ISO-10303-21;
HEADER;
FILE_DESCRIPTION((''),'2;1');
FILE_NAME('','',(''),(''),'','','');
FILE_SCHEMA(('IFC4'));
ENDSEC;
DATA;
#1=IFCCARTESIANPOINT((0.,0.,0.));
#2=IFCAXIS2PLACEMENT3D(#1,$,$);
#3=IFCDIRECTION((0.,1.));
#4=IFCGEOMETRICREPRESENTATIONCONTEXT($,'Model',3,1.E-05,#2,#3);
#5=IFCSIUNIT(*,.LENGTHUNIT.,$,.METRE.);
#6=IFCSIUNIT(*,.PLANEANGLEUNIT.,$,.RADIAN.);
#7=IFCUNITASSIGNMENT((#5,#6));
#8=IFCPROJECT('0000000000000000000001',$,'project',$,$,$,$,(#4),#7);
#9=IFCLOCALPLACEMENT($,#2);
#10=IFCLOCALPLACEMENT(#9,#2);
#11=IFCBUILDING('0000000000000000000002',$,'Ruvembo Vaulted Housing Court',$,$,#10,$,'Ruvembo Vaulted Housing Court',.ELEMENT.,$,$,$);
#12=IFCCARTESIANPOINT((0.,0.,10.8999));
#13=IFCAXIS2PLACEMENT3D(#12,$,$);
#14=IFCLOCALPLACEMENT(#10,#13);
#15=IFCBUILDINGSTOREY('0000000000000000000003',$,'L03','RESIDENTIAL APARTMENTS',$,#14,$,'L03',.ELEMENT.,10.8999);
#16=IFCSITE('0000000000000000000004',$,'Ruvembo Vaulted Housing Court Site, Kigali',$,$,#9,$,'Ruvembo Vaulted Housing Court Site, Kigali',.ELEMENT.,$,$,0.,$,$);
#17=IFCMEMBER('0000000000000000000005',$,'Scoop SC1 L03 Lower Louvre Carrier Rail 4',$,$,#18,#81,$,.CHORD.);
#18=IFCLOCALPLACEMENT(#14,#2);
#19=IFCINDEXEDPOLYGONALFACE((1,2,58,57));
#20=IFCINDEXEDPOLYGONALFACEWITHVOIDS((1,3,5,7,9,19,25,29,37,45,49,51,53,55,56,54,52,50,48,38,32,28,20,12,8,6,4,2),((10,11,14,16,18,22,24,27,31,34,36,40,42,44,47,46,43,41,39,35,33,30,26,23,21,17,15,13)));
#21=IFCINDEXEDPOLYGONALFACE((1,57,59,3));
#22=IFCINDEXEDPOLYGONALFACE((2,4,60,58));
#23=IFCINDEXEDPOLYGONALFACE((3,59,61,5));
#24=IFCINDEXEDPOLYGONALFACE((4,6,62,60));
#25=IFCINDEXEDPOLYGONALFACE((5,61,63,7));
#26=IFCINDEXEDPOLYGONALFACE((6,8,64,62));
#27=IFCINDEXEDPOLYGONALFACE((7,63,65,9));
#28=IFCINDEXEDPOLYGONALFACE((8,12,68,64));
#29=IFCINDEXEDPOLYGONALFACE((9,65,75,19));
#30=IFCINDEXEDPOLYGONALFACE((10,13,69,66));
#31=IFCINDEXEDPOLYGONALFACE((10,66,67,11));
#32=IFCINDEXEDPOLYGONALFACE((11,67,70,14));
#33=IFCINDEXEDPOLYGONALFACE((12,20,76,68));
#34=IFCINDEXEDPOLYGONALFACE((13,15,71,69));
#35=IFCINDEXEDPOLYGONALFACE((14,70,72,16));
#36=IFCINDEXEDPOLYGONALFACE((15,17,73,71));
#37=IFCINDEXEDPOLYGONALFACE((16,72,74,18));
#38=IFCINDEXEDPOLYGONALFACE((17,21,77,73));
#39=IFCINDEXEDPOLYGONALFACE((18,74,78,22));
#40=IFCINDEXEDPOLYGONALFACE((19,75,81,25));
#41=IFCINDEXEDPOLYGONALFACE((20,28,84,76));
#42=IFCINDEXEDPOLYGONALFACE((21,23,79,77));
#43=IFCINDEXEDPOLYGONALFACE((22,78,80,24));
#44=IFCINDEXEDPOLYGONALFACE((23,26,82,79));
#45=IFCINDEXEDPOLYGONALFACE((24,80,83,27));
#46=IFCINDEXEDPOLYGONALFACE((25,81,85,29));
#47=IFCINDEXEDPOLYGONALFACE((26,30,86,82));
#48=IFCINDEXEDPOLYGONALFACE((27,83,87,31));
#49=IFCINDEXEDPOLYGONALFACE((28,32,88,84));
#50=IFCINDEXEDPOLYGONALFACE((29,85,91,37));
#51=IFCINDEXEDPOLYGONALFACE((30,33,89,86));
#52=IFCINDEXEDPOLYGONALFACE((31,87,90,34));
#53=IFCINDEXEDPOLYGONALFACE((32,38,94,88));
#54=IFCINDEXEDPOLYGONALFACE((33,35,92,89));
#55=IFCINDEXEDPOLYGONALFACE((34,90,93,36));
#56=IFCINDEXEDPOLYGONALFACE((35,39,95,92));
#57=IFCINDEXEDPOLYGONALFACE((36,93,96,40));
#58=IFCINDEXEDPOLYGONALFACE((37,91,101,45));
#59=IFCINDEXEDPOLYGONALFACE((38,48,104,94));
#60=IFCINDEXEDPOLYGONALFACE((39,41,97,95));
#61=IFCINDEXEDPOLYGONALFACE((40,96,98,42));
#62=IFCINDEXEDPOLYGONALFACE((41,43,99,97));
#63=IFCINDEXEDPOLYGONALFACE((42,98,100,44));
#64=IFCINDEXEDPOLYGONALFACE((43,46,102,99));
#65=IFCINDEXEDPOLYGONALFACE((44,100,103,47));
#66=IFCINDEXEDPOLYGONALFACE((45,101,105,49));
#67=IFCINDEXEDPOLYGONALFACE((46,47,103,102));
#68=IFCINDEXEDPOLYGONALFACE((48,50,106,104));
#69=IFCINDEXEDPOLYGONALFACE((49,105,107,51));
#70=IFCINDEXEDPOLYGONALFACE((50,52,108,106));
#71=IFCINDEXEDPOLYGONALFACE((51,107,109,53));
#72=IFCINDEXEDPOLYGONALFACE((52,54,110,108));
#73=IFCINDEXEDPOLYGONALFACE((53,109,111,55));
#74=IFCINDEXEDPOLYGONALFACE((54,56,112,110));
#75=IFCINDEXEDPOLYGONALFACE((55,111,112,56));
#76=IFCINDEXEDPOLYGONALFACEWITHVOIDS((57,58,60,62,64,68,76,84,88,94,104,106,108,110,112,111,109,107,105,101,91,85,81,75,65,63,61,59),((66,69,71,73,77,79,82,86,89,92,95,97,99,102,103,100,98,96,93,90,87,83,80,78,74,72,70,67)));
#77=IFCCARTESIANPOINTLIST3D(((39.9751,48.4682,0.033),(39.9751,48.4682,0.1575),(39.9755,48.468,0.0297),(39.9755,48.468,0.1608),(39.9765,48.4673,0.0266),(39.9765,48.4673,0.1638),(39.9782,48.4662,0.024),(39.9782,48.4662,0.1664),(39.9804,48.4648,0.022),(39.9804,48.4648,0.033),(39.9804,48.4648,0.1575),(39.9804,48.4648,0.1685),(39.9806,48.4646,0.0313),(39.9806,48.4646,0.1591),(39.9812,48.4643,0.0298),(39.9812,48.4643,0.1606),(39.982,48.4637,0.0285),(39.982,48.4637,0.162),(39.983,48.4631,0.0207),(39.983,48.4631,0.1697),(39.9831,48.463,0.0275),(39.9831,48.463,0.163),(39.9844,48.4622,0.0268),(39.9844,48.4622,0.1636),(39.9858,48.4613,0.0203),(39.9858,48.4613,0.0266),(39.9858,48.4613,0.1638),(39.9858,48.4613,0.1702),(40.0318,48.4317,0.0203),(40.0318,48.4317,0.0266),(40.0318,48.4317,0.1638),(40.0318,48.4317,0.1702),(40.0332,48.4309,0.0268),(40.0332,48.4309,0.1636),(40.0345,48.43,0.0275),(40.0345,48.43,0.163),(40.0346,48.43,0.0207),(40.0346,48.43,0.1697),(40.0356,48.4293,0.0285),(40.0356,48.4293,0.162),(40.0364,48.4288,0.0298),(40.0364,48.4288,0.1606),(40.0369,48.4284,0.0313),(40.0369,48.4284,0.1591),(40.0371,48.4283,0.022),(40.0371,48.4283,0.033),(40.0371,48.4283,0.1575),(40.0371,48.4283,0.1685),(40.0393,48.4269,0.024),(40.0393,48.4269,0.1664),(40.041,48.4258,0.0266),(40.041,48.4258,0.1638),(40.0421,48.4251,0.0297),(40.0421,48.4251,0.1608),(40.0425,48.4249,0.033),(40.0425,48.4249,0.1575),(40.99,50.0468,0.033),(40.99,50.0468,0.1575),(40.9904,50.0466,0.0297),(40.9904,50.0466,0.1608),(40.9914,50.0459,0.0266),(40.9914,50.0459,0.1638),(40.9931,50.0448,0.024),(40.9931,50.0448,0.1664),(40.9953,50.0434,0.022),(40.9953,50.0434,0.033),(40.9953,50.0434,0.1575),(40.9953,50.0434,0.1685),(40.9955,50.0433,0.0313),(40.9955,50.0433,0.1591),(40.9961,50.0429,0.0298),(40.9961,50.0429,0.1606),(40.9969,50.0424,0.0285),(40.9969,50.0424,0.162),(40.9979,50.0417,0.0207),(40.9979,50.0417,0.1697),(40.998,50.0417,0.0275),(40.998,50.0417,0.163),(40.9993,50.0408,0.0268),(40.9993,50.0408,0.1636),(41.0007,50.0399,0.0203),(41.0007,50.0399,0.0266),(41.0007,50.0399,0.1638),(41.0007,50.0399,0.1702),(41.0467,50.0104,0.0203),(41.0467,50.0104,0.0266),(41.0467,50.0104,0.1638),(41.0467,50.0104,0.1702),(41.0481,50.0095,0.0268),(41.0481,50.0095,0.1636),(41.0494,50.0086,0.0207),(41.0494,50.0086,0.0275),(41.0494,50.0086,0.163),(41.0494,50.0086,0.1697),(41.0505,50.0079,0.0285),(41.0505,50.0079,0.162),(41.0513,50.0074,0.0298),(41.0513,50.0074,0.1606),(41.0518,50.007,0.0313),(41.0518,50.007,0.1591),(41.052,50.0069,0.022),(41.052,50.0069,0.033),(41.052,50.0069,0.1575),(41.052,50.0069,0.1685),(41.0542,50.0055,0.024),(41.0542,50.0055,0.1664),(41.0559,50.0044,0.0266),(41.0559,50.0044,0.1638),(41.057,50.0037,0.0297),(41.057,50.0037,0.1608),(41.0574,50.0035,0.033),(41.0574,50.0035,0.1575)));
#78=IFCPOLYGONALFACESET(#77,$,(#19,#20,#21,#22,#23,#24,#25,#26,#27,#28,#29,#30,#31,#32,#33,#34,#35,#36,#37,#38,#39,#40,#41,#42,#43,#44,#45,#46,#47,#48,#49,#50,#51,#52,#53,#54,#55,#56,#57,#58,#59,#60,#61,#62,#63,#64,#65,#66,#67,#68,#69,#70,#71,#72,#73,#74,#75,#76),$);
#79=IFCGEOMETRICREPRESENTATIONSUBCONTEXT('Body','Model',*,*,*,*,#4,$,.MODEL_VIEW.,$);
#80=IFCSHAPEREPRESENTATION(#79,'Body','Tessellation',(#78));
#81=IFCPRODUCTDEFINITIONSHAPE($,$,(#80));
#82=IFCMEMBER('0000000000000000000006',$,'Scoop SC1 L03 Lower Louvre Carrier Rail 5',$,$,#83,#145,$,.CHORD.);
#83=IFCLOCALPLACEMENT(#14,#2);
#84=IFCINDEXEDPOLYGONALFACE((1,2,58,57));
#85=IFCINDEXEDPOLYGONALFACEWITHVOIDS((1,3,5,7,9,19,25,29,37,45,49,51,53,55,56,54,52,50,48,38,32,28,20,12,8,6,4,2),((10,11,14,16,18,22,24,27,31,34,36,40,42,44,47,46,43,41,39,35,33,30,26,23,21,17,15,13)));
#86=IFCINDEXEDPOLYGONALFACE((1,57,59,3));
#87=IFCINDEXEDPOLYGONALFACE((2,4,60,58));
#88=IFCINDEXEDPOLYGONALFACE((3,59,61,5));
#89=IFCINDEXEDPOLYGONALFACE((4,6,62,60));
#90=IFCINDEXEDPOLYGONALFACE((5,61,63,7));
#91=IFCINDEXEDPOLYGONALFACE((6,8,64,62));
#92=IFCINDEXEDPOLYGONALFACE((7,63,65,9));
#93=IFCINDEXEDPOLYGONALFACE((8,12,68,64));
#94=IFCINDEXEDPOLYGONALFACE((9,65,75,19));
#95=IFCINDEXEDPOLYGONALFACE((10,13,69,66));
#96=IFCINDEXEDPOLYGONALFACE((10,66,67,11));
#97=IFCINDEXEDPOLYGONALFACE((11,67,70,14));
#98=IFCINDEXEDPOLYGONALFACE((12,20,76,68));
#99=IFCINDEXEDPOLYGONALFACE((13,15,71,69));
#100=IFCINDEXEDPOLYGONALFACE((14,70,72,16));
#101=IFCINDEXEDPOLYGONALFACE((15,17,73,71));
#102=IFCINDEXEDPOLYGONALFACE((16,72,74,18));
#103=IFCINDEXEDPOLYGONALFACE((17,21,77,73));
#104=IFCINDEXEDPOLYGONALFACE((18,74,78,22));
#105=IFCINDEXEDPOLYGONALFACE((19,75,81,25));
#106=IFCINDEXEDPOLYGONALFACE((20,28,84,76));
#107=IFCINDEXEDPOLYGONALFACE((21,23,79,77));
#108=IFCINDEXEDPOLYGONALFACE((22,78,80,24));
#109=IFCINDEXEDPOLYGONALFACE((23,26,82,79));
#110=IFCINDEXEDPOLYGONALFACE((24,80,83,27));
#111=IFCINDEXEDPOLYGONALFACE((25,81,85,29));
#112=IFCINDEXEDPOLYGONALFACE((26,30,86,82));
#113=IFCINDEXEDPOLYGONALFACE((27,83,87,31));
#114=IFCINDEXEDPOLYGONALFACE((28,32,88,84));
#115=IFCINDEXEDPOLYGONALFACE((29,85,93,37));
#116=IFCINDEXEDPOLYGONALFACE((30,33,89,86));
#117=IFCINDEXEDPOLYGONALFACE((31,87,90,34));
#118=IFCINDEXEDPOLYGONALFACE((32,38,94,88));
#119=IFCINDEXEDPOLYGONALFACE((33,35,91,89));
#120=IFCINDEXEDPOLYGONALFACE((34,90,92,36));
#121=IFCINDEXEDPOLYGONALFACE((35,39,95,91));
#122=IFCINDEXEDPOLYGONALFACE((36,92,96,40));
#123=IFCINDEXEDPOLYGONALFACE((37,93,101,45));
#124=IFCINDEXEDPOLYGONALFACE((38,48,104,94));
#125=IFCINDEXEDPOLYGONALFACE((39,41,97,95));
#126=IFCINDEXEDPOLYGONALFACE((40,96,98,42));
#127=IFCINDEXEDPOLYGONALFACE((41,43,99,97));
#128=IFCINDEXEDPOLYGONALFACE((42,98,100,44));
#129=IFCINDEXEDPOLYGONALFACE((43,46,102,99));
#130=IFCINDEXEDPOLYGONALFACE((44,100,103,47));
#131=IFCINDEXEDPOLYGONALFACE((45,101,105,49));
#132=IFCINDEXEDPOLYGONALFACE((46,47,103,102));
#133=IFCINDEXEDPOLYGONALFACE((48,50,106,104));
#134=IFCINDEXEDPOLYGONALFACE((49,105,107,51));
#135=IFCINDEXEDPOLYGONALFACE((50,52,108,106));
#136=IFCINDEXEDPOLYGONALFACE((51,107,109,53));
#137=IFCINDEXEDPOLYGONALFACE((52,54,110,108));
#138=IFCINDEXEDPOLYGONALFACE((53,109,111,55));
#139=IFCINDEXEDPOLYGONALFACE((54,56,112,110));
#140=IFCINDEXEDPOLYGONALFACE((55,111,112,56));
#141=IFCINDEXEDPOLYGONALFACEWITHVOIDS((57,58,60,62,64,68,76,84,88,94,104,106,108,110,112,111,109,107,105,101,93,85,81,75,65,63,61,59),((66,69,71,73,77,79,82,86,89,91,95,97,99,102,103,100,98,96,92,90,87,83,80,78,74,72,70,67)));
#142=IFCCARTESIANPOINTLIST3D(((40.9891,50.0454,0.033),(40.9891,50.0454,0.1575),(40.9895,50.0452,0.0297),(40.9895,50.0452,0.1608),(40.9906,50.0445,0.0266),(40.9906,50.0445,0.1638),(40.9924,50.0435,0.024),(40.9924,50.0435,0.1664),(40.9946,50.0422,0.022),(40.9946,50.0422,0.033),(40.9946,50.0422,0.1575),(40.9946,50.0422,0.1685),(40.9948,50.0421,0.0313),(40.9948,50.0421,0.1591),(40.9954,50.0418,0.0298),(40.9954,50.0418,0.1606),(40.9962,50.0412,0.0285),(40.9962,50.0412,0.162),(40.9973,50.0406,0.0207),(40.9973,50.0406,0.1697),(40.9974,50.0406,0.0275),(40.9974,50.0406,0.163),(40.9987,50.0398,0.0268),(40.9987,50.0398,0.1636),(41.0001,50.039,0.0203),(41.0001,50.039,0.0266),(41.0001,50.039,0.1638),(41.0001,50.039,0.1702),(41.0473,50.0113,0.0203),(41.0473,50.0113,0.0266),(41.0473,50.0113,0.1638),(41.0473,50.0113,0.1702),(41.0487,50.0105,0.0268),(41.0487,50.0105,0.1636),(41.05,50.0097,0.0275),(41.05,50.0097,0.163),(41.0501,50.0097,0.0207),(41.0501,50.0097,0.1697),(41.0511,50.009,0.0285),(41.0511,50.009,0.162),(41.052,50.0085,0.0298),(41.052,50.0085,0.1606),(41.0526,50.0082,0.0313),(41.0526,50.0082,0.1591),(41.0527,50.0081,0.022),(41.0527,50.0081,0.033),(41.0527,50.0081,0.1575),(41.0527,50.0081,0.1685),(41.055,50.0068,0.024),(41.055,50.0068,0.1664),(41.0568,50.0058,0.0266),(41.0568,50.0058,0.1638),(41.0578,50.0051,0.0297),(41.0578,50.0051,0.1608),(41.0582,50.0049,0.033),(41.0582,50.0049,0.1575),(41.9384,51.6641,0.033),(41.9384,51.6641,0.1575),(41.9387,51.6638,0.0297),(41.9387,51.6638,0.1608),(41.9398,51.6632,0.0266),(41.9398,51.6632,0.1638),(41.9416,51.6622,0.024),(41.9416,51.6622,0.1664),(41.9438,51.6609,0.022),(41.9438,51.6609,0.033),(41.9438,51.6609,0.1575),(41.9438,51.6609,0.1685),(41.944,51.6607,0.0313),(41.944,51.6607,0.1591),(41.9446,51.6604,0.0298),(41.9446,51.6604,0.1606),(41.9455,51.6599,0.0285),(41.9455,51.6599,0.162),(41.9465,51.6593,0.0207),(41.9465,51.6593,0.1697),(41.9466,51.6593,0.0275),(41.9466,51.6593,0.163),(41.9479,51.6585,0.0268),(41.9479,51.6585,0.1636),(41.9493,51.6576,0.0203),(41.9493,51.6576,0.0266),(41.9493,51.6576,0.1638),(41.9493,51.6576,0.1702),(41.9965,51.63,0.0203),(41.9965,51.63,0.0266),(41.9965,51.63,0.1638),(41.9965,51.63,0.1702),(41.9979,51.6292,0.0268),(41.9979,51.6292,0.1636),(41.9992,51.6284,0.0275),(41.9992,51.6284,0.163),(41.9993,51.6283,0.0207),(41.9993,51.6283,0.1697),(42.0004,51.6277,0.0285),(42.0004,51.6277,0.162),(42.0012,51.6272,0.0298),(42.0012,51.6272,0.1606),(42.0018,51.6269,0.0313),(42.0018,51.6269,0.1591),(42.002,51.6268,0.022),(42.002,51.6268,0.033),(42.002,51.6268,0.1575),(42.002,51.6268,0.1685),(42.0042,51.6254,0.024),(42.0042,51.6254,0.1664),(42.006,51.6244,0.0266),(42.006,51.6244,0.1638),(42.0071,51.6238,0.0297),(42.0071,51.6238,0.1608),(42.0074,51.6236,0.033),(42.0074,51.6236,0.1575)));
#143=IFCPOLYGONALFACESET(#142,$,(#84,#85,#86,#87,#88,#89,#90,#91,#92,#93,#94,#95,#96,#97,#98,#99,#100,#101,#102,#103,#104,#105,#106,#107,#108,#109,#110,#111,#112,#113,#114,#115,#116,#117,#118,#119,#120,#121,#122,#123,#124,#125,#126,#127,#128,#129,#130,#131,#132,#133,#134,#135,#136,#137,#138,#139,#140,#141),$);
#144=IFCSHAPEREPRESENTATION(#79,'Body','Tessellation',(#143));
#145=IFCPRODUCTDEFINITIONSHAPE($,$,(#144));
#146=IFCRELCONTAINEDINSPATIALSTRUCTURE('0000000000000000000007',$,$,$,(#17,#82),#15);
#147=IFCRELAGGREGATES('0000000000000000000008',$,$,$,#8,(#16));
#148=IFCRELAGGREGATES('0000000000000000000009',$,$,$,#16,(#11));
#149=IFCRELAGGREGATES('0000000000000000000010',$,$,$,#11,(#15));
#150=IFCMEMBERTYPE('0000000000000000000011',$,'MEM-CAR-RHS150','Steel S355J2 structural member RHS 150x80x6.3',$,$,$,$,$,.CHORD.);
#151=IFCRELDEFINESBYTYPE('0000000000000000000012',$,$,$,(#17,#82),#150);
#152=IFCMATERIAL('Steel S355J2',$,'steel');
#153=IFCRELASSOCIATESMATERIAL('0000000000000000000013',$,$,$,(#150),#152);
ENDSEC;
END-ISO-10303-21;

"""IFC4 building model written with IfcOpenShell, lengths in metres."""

from ifc_helpers import new_model, si_unit, direction, frame, origin, origin_2d, place, context, subcontext, project, spatial, hollow_rectangle, extrude, material, material_profile, profile_set, type_object, element, save


model = new_model("IFC4")

# Units and contexts
model_context = context("Model", 3, precision=1e-05, world=origin(), true_north=direction((0.0, 1.0)))
body_context = subcontext(model_context, "Body", "Model", "MODEL_VIEW")
ifc_project = project(units=[si_unit("LENGTHUNIT", "METRE"), si_unit("PLANEANGLEUNIT", "RADIAN")], contexts=[model_context])

# Site, building, storey
site_placement = place(None, origin())
site = spatial("IfcSite", under=ifc_project, at=site_placement, Name="Ruvembo Vaulted Housing Court Site, Kigali", LongName="Ruvembo Vaulted Housing Court Site, Kigali", CompositionType="ELEMENT", RefElevation=0.0)
building_placement = place(site_placement, origin())
building = spatial("IfcBuilding", under=site, at=building_placement, Name="Ruvembo Vaulted Housing Court", LongName="Ruvembo Vaulted Housing Court", CompositionType="ELEMENT")
storey_placement = place(building_placement, frame((0.0, 0.0, 10.8999)))
storey = spatial("IfcBuildingStorey", under=building, at=storey_placement, Name="L03", Description="RESIDENTIAL APARTMENTS", LongName="L03", CompositionType="ELEMENT", Elevation=10.8999)

# Shared definitions
ifc_material_1 = material(Name="Steel S355J2", Category="steel")

# Members
ifc_material_profile_1 = material_profile(ifc_material_1, hollow_rectangle(XDim=0.0801, YDim=0.1499, WallThickness=0.0063, InnerFilletRadius=0.0063, OuterFilletRadius=0.0127, at=origin_2d()), Name="RHS 150x80x6.3")
ifc_profile_set_1 = profile_set([ifc_material_profile_1], Name="Steel S355J2")
member_type_1 = type_object("IfcMemberType", Name="MEM-CAR-RHS150", Description="Steel S355J2 structural member RHS 150x80x6.3", PredefinedType="CHORD", material=ifc_profile_set_1)
member_1_placement = place(storey_placement, frame((40.0088, 48.4465, 0.0952), z_axis=(0.540784, 0.841162, 0.0), x_axis=(-0.841162, 0.540784, 0.0)))
element("IfcMember", 1, at=member_1_placement, inside=storey, type_object=member_type_1, Name="Scoop SC1 L03 Lower Louvre Carrier Rail 4", PredefinedType="CHORD", context=body_context, shape_type="SweptSolid", body=[
    extrude(hollow_rectangle(XDim=0.0801, YDim=0.1499, WallThickness=0.0063, InnerFilletRadius=0.0063, OuterFilletRadius=0.0127, at=origin_2d()), origin(), (0.0, 0.0, 1.0), 1.8767),
])
member_2_placement = place(storey_placement, frame((41.0237, 50.0251, 0.0952), z_axis=(0.50586, 0.862616, 0.0), x_axis=(-0.862616, 0.50586, 0.0)))
element("IfcMember", 2, at=member_2_placement, inside=storey, type_object=member_type_1, Name="Scoop SC1 L03 Lower Louvre Carrier Rail 5", PredefinedType="CHORD", context=body_context, shape_type="SweptSolid", body=[
    extrude(hollow_rectangle(XDim=0.0801, YDim=0.1499, WallThickness=0.0063, InnerFilletRadius=0.0063, OuterFilletRadius=0.0127, at=origin_2d()), origin(), (0.0, 0.0, 1.0), 1.8765),
])

save(model, "model.ifc")
